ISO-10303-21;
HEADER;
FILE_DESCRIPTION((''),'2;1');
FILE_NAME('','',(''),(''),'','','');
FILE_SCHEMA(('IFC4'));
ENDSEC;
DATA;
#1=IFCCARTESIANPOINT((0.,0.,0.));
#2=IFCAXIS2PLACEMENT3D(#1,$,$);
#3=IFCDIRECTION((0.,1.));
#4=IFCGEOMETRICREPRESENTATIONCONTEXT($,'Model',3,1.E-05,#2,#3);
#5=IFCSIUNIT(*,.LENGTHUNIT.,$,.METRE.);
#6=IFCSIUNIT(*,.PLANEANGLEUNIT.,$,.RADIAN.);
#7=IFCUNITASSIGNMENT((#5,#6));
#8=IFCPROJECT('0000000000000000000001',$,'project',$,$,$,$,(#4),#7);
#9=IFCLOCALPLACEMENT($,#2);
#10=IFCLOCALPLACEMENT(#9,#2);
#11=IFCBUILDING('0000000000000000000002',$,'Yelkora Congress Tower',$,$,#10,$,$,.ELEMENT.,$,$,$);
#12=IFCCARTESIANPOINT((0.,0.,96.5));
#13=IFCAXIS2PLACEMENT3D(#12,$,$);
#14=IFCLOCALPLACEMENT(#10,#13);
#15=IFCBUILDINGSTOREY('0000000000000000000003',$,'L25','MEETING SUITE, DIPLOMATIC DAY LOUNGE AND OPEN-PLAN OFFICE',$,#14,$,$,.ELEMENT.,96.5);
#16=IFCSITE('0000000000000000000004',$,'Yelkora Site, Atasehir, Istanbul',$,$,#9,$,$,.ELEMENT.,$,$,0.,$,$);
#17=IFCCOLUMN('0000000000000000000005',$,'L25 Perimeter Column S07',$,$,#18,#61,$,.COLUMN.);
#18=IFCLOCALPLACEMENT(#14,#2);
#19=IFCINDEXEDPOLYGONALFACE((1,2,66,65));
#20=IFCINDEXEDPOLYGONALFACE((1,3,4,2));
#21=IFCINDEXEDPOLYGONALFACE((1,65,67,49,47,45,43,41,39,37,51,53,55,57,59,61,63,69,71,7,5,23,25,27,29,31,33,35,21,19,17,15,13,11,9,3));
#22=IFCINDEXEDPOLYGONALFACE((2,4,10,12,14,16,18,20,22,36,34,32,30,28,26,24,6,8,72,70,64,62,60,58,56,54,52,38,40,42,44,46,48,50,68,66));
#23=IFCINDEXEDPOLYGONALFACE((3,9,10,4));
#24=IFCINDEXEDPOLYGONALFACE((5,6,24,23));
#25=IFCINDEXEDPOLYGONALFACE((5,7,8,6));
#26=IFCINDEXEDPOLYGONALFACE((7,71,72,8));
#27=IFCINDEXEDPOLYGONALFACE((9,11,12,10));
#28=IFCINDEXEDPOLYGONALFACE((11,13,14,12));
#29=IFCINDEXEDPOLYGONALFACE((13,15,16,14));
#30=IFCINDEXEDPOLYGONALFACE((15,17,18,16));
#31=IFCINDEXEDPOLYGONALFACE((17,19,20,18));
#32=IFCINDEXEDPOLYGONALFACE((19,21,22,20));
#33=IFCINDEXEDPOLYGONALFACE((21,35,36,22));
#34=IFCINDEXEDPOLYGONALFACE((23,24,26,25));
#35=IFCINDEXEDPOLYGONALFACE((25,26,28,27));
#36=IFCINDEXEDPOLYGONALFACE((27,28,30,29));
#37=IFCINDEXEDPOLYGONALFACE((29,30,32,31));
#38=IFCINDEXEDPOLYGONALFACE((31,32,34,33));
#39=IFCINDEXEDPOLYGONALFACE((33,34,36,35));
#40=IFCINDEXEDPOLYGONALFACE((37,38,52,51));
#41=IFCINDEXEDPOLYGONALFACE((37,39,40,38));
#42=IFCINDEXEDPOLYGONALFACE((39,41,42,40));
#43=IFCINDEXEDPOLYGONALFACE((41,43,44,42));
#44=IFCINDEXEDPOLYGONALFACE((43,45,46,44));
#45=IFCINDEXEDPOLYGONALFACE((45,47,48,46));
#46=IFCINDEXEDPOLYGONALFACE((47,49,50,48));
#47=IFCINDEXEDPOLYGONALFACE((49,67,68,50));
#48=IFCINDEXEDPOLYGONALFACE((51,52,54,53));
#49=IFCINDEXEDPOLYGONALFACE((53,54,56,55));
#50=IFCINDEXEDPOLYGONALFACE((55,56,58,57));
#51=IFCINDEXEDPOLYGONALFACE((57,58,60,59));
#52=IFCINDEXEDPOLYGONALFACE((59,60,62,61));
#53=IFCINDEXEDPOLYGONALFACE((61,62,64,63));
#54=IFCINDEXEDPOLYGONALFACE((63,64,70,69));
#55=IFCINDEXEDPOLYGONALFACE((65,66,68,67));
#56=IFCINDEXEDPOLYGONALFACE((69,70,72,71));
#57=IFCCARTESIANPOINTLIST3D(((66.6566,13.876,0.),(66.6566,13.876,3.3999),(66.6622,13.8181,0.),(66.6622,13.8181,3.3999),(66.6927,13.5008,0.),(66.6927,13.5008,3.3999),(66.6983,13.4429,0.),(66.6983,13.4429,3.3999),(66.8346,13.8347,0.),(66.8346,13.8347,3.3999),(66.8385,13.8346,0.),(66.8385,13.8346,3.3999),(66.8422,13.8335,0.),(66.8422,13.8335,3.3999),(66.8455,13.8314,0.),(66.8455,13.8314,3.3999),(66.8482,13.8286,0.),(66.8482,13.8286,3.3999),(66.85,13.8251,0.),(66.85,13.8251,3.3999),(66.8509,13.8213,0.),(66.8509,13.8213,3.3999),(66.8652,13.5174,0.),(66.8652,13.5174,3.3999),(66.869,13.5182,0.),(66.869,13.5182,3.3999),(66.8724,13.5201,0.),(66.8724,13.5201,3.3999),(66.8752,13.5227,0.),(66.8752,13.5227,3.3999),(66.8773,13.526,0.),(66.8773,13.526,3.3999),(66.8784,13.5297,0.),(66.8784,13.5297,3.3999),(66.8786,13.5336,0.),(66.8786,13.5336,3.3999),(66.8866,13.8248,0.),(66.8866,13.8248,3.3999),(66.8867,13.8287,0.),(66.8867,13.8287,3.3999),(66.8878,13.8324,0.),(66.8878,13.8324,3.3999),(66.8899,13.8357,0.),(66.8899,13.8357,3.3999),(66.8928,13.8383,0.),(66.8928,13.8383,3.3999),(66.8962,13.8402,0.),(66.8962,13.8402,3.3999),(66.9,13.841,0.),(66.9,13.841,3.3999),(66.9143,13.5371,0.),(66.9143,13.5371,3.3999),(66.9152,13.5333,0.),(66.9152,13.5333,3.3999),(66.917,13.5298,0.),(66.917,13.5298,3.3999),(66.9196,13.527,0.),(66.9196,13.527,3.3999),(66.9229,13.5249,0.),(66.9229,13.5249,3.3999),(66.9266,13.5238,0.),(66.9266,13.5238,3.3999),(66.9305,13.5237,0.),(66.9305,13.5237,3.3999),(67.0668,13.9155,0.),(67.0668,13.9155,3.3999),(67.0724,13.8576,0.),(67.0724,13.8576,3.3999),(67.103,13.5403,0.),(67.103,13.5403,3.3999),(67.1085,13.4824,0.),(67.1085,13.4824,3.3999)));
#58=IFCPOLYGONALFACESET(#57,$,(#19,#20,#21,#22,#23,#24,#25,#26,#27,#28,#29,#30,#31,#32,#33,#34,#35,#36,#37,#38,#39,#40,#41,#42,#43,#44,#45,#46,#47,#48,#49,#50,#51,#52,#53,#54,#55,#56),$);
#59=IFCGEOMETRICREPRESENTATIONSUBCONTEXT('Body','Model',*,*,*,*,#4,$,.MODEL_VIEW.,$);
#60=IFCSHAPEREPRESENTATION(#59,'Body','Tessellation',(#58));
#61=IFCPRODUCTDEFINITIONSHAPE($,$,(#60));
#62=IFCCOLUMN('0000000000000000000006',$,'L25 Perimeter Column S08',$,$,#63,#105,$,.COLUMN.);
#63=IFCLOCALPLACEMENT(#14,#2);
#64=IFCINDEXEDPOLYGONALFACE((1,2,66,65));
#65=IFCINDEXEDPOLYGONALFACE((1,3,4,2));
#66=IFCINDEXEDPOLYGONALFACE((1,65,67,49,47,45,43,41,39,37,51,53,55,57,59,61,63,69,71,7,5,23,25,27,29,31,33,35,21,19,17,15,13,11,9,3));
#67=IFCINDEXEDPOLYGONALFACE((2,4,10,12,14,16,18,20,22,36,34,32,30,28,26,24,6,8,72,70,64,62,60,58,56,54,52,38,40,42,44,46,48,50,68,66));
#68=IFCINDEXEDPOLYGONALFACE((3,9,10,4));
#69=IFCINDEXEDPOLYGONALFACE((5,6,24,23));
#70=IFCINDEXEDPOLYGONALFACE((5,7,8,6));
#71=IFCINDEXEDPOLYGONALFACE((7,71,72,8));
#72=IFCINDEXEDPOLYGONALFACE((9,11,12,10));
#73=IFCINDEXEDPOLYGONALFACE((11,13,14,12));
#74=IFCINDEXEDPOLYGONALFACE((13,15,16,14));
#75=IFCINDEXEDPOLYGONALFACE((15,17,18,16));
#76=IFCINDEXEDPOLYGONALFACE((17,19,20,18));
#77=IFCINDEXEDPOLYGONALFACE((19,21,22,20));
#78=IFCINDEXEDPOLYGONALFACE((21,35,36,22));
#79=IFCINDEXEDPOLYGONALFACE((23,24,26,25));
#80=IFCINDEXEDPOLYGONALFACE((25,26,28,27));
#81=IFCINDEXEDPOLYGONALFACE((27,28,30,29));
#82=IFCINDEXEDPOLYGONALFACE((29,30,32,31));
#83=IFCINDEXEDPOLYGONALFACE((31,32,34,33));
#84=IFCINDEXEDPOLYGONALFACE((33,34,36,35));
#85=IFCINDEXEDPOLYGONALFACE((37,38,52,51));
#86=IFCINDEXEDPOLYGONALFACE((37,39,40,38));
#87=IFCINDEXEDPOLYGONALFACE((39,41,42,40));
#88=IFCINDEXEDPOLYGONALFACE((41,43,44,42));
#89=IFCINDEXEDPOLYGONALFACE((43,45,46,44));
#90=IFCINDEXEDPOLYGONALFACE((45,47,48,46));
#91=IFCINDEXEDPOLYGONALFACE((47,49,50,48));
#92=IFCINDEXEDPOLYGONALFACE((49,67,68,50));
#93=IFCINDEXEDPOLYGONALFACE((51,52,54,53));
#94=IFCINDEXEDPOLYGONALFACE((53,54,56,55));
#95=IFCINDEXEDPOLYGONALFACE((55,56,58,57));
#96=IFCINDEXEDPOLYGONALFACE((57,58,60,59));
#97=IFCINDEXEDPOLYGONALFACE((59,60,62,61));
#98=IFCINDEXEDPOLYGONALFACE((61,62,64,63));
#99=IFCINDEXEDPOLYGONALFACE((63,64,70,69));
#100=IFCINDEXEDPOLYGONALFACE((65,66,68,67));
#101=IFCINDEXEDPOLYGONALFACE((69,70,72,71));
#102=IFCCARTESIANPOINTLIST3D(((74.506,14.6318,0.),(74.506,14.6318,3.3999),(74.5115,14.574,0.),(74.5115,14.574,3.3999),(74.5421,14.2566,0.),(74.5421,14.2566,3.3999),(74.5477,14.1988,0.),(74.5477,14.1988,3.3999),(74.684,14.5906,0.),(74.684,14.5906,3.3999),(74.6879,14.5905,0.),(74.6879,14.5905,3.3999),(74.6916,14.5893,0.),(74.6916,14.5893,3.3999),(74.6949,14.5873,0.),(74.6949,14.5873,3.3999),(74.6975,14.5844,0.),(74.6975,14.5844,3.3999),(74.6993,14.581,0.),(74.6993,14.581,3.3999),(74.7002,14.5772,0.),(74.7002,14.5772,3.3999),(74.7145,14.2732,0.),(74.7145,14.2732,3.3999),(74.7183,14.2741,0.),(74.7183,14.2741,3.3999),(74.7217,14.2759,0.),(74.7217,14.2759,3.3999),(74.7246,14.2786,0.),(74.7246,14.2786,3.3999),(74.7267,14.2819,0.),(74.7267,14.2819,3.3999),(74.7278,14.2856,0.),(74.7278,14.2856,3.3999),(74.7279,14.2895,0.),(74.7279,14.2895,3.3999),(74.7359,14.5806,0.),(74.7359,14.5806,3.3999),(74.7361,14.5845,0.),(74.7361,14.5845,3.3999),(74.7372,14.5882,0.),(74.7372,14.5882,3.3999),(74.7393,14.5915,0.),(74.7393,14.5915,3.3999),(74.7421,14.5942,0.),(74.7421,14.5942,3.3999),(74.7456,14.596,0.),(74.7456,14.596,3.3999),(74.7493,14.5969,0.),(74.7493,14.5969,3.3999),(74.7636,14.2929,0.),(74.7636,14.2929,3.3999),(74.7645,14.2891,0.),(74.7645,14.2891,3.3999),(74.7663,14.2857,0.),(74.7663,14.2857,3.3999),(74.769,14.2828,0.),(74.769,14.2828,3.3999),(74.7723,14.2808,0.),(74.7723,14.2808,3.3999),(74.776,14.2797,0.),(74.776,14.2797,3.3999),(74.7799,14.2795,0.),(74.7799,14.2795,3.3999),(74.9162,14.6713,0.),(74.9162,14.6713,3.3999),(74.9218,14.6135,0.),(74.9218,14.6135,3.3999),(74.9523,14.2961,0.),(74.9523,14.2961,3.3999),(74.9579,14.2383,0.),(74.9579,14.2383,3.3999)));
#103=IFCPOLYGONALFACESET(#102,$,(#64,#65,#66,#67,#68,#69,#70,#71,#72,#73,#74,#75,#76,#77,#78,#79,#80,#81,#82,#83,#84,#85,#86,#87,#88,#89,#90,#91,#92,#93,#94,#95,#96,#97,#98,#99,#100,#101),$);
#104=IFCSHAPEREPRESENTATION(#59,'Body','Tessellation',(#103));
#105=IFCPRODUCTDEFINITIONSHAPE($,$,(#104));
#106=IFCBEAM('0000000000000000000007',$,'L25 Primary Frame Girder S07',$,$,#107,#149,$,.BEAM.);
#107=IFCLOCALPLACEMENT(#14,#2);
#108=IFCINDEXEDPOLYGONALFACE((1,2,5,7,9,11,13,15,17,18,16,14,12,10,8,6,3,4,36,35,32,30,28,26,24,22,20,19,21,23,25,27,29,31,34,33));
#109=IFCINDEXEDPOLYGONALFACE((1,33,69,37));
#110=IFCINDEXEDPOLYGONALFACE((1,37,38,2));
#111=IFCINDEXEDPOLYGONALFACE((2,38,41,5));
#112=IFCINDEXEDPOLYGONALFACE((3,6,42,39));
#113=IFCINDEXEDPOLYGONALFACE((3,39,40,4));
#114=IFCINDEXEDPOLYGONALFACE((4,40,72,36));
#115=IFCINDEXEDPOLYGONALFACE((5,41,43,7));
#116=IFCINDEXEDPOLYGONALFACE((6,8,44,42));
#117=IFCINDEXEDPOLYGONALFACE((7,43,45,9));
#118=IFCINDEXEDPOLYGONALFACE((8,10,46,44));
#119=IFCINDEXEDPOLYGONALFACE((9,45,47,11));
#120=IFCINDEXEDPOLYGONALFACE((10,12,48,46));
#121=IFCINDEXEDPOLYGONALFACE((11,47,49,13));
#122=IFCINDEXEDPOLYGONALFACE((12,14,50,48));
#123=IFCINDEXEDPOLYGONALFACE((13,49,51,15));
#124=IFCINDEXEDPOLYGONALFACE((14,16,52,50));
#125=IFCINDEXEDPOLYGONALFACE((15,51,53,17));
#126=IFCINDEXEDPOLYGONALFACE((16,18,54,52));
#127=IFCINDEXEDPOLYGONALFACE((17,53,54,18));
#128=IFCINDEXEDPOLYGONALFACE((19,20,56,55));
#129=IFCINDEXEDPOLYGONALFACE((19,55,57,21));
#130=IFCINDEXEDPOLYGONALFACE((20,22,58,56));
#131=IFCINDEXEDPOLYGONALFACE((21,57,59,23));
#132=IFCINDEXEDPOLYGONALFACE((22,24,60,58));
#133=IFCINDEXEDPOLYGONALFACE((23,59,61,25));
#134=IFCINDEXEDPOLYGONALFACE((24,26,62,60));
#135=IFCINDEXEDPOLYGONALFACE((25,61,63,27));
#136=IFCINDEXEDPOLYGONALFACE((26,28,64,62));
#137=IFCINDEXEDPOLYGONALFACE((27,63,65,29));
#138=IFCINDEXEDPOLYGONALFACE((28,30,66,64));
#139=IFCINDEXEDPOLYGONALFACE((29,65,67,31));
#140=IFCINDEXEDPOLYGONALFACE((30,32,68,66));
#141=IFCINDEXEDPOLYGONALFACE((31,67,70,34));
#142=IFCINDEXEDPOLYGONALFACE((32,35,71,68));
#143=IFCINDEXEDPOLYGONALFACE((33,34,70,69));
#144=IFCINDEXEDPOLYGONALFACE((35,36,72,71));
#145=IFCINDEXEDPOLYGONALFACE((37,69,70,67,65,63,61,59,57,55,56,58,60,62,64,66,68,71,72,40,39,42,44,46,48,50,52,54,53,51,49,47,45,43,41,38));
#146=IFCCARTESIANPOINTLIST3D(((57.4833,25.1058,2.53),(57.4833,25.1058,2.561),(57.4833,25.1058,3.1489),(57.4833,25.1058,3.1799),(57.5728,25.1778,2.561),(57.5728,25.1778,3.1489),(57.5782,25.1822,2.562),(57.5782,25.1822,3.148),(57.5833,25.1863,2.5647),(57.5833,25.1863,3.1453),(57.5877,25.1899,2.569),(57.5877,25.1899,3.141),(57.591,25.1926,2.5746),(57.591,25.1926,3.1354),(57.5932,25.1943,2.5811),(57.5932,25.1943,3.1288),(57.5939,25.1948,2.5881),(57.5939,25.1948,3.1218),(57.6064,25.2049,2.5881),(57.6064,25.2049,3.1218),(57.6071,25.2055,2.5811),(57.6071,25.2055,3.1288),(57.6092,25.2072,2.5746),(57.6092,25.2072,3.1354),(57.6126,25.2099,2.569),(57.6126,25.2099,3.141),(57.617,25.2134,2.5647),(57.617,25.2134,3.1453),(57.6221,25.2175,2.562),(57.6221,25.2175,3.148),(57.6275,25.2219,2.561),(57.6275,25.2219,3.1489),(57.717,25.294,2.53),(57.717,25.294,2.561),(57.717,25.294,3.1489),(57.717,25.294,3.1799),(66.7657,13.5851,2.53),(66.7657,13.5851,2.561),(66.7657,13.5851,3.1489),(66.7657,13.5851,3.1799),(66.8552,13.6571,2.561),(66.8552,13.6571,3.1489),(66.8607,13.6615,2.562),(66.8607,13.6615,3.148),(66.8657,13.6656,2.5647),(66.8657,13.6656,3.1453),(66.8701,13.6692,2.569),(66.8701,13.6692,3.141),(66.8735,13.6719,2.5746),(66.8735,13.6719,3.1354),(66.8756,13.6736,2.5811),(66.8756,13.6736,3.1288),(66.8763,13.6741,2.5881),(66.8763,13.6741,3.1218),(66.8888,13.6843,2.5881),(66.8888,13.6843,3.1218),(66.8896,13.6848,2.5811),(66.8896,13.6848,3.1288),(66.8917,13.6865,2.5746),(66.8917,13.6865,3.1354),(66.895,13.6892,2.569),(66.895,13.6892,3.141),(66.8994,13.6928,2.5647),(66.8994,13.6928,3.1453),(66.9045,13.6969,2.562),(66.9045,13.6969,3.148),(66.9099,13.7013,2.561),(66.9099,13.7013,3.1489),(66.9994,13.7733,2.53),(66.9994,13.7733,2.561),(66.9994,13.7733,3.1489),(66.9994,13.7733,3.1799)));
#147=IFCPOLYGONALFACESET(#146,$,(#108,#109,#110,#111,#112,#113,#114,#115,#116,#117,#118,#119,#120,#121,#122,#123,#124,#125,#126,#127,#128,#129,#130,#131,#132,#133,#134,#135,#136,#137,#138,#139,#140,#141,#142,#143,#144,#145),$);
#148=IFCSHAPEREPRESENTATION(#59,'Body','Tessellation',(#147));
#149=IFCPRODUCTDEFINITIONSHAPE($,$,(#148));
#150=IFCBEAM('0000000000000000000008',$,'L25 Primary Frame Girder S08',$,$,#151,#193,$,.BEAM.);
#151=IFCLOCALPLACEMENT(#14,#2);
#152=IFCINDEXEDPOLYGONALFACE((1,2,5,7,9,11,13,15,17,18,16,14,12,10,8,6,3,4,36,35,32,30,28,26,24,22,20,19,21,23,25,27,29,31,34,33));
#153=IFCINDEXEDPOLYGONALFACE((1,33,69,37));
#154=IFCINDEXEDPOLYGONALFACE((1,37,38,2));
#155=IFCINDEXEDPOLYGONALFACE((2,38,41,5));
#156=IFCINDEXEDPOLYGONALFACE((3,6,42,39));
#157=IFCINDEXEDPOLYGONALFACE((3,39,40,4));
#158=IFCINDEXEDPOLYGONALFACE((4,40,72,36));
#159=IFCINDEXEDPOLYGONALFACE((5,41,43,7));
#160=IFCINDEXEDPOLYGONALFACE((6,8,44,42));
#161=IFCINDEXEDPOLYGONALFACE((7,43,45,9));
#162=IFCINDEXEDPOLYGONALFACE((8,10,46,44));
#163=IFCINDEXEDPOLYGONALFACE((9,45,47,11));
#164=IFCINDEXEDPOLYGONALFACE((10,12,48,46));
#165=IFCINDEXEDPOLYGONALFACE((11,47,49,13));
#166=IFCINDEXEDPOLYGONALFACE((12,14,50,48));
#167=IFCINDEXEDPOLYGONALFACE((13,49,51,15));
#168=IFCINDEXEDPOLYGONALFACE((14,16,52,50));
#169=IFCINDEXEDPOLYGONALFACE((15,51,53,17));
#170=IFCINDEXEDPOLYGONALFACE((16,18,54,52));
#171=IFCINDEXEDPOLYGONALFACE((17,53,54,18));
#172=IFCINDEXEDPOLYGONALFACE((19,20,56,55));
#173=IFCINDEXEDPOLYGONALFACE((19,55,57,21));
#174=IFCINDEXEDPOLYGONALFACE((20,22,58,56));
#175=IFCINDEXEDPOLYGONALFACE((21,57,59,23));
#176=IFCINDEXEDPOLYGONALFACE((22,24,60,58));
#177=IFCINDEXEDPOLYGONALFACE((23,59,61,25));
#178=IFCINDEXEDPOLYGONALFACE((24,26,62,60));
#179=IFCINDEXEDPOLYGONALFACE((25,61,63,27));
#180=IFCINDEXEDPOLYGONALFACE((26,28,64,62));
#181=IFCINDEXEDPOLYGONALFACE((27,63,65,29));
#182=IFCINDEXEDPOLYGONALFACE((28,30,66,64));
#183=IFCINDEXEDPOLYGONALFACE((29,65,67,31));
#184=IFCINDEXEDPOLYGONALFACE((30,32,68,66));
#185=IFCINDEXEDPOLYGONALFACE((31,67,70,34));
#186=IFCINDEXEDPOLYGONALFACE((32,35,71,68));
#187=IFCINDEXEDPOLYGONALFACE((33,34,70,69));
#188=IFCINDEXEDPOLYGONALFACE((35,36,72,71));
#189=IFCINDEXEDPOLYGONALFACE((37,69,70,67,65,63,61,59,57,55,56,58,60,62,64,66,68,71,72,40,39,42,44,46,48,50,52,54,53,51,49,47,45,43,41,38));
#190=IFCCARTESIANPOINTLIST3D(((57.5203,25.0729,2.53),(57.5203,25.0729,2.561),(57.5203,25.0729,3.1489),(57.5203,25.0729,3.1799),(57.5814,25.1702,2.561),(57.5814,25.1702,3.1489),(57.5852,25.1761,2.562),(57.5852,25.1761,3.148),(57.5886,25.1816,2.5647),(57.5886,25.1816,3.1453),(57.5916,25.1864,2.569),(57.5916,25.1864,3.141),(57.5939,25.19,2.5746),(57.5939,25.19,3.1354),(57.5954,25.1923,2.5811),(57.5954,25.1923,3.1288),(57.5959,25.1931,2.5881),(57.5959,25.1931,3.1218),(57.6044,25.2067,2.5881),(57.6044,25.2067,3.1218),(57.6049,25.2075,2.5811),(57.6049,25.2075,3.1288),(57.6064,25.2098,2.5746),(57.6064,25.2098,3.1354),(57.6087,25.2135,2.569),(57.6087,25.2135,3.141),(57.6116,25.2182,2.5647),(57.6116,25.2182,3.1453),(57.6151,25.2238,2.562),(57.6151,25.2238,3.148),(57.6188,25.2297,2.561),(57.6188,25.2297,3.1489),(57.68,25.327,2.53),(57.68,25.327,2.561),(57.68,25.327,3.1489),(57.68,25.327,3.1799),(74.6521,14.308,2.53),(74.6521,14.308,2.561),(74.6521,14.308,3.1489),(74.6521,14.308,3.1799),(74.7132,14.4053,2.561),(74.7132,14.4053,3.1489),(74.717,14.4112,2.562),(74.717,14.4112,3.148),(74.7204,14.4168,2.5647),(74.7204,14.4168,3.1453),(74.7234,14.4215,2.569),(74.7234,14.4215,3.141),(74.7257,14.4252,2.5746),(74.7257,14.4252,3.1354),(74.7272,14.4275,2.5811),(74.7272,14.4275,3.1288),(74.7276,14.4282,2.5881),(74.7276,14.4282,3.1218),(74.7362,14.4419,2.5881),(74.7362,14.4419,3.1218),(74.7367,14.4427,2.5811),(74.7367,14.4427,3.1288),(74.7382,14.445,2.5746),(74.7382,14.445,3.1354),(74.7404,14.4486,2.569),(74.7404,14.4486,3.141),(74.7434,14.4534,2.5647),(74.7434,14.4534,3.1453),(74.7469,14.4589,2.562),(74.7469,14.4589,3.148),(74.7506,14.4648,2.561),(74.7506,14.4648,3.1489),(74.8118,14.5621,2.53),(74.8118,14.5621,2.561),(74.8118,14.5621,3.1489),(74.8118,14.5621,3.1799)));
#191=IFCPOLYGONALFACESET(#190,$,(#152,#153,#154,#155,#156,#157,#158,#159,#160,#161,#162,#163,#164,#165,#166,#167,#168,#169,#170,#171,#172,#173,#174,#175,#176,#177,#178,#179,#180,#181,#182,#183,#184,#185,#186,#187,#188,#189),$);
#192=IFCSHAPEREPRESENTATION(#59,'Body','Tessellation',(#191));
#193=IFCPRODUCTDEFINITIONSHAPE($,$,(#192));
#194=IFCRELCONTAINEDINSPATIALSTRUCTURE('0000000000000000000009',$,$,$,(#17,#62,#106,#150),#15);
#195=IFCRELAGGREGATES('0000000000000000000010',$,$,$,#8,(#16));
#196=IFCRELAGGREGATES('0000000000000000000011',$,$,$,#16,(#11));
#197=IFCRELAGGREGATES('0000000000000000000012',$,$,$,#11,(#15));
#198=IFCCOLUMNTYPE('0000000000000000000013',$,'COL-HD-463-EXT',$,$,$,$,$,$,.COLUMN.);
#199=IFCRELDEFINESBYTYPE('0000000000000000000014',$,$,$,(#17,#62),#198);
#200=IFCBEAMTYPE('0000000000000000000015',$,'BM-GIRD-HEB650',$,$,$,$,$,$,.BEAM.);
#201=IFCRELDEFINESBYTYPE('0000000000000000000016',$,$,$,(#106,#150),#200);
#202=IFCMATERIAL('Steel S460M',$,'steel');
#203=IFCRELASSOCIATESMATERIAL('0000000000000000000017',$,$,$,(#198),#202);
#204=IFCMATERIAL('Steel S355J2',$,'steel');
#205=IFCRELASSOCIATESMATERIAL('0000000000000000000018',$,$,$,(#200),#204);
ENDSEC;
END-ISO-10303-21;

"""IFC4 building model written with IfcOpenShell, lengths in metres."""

from ifc_helpers import new_model, si_unit, direction, frame, origin, origin_2d, place, context, subcontext, project, spatial, i_section, extrude, material, material_profile, profile_set, type_object, element, save


model = new_model("IFC4")

# Units and contexts
model_context = context("Model", 3, precision=1e-05, world=origin(), true_north=direction((0.0, 1.0)))
body_context = subcontext(model_context, "Body", "Model", "MODEL_VIEW")
ifc_project = project(units=[si_unit("LENGTHUNIT", "METRE"), si_unit("PLANEANGLEUNIT", "RADIAN")], contexts=[model_context])

# Site, building, storey
site_placement = place(None, origin())
site = spatial("IfcSite", under=ifc_project, at=site_placement, Name="Yelkora Site, Atasehir, Istanbul", CompositionType="ELEMENT", RefElevation=0.0)
building_placement = place(site_placement, origin())
building = spatial("IfcBuilding", under=site, at=building_placement, Name="Yelkora Congress Tower", CompositionType="ELEMENT")
storey_placement = place(building_placement, frame((0.0, 0.0, 96.5)))
storey = spatial("IfcBuildingStorey", under=building, at=storey_placement, Name="L25", Description="MEETING SUITE, DIPLOMATIC DAY LOUNGE AND OPEN-PLAN OFFICE", CompositionType="ELEMENT", Elevation=96.5)

# Columns
ifc_material_1 = material(Name="Steel S460M", Category="steel")
ifc_material_profile_1 = material_profile(ifc_material_1, i_section(OverallWidth=0.4121, OverallDepth=0.4351, WebThickness=0.0359, FlangeThickness=0.0581, FilletRadius=0.0149, at=origin_2d()), Name="HD 400x463")
ifc_profile_set_1 = profile_set([ifc_material_profile_1], Name="Steel S460M")
column_type = type_object("IfcColumnType", Name="COL-HD-463-EXT", PredefinedType="COLUMN", material=ifc_profile_set_1)
for number, where, z_axis, x_axis, name in (
    (1, (66.8826, 13.6792, 0.0), (0.0, 0.0, 1.0), (0.995396, 0.095846, 0.0), "L25 Perimeter Column S07"),
    (2, (74.7319, 14.4351, 0.0), (0.0, 0.0, 1.0), (0.995396, 0.095846, 0.0), "L25 Perimeter Column S08"),
):
    element("IfcColumn", number, at=place(storey_placement, frame(where, z_axis=z_axis, x_axis=x_axis)), inside=storey, type_object=column_type, Name=name, PredefinedType="COLUMN", context=body_context, shape_type="SweptSolid", body=[
        extrude(i_section(OverallWidth=0.4121, OverallDepth=0.4351, WebThickness=0.0359, FlangeThickness=0.0581, FilletRadius=0.0149, at=origin_2d()), origin(), (0.0, 0.0, 1.0), 3.3999),
    ])

# Beams
ifc_material_2 = material(Name="Steel S355J2", Category="steel")
ifc_material_profile_2 = material_profile(ifc_material_2, i_section(OverallWidth=0.3, OverallDepth=0.6499, WebThickness=0.0161, FlangeThickness=0.031, FilletRadius=0.0271, at=origin_2d()), Name="HEB 650")
ifc_profile_set_2 = profile_set([ifc_material_profile_2], Name="Steel S355J2")
beam_type_1 = type_object("IfcBeamType", Name="BM-GIRD-HEB650", PredefinedType="BEAM", material=ifc_profile_set_2)
beam_1_placement = place(storey_placement, frame((66.8826, 13.6792, 2.855), z_axis=(-0.627406, 0.778692, 0.0), x_axis=(-0.778692, -0.627406, 0.0)))
element("IfcBeam", 3, at=beam_1_placement, inside=storey, type_object=beam_type_1, Name="L25 Primary Frame Girder S07", PredefinedType="BEAM", context=body_context, shape_type="SweptSolid", body=[
    extrude(i_section(OverallWidth=0.3, OverallDepth=0.6499, WebThickness=0.0161, FlangeThickness=0.031, FilletRadius=0.0271, at=origin_2d()), origin(), (0.0, 0.0, 1.0), 14.7949),
])
beam_2_placement = place(storey_placement, frame((74.7319, 14.4351, 2.855), z_axis=(-0.846719, 0.532041, 0.0), x_axis=(-0.532041, -0.846719, 0.0)))
element("IfcBeam", 4, at=beam_2_placement, inside=storey, type_object=beam_type_1, Name="L25 Primary Frame Girder S08", PredefinedType="BEAM", context=body_context, shape_type="SweptSolid", body=[
    extrude(i_section(OverallWidth=0.3, OverallDepth=0.6499, WebThickness=0.0161, FlangeThickness=0.031, FilletRadius=0.0271, at=origin_2d()), origin(), (0.0, 0.0, 1.0), 20.2332),
])

save(model, "model.ifc")
